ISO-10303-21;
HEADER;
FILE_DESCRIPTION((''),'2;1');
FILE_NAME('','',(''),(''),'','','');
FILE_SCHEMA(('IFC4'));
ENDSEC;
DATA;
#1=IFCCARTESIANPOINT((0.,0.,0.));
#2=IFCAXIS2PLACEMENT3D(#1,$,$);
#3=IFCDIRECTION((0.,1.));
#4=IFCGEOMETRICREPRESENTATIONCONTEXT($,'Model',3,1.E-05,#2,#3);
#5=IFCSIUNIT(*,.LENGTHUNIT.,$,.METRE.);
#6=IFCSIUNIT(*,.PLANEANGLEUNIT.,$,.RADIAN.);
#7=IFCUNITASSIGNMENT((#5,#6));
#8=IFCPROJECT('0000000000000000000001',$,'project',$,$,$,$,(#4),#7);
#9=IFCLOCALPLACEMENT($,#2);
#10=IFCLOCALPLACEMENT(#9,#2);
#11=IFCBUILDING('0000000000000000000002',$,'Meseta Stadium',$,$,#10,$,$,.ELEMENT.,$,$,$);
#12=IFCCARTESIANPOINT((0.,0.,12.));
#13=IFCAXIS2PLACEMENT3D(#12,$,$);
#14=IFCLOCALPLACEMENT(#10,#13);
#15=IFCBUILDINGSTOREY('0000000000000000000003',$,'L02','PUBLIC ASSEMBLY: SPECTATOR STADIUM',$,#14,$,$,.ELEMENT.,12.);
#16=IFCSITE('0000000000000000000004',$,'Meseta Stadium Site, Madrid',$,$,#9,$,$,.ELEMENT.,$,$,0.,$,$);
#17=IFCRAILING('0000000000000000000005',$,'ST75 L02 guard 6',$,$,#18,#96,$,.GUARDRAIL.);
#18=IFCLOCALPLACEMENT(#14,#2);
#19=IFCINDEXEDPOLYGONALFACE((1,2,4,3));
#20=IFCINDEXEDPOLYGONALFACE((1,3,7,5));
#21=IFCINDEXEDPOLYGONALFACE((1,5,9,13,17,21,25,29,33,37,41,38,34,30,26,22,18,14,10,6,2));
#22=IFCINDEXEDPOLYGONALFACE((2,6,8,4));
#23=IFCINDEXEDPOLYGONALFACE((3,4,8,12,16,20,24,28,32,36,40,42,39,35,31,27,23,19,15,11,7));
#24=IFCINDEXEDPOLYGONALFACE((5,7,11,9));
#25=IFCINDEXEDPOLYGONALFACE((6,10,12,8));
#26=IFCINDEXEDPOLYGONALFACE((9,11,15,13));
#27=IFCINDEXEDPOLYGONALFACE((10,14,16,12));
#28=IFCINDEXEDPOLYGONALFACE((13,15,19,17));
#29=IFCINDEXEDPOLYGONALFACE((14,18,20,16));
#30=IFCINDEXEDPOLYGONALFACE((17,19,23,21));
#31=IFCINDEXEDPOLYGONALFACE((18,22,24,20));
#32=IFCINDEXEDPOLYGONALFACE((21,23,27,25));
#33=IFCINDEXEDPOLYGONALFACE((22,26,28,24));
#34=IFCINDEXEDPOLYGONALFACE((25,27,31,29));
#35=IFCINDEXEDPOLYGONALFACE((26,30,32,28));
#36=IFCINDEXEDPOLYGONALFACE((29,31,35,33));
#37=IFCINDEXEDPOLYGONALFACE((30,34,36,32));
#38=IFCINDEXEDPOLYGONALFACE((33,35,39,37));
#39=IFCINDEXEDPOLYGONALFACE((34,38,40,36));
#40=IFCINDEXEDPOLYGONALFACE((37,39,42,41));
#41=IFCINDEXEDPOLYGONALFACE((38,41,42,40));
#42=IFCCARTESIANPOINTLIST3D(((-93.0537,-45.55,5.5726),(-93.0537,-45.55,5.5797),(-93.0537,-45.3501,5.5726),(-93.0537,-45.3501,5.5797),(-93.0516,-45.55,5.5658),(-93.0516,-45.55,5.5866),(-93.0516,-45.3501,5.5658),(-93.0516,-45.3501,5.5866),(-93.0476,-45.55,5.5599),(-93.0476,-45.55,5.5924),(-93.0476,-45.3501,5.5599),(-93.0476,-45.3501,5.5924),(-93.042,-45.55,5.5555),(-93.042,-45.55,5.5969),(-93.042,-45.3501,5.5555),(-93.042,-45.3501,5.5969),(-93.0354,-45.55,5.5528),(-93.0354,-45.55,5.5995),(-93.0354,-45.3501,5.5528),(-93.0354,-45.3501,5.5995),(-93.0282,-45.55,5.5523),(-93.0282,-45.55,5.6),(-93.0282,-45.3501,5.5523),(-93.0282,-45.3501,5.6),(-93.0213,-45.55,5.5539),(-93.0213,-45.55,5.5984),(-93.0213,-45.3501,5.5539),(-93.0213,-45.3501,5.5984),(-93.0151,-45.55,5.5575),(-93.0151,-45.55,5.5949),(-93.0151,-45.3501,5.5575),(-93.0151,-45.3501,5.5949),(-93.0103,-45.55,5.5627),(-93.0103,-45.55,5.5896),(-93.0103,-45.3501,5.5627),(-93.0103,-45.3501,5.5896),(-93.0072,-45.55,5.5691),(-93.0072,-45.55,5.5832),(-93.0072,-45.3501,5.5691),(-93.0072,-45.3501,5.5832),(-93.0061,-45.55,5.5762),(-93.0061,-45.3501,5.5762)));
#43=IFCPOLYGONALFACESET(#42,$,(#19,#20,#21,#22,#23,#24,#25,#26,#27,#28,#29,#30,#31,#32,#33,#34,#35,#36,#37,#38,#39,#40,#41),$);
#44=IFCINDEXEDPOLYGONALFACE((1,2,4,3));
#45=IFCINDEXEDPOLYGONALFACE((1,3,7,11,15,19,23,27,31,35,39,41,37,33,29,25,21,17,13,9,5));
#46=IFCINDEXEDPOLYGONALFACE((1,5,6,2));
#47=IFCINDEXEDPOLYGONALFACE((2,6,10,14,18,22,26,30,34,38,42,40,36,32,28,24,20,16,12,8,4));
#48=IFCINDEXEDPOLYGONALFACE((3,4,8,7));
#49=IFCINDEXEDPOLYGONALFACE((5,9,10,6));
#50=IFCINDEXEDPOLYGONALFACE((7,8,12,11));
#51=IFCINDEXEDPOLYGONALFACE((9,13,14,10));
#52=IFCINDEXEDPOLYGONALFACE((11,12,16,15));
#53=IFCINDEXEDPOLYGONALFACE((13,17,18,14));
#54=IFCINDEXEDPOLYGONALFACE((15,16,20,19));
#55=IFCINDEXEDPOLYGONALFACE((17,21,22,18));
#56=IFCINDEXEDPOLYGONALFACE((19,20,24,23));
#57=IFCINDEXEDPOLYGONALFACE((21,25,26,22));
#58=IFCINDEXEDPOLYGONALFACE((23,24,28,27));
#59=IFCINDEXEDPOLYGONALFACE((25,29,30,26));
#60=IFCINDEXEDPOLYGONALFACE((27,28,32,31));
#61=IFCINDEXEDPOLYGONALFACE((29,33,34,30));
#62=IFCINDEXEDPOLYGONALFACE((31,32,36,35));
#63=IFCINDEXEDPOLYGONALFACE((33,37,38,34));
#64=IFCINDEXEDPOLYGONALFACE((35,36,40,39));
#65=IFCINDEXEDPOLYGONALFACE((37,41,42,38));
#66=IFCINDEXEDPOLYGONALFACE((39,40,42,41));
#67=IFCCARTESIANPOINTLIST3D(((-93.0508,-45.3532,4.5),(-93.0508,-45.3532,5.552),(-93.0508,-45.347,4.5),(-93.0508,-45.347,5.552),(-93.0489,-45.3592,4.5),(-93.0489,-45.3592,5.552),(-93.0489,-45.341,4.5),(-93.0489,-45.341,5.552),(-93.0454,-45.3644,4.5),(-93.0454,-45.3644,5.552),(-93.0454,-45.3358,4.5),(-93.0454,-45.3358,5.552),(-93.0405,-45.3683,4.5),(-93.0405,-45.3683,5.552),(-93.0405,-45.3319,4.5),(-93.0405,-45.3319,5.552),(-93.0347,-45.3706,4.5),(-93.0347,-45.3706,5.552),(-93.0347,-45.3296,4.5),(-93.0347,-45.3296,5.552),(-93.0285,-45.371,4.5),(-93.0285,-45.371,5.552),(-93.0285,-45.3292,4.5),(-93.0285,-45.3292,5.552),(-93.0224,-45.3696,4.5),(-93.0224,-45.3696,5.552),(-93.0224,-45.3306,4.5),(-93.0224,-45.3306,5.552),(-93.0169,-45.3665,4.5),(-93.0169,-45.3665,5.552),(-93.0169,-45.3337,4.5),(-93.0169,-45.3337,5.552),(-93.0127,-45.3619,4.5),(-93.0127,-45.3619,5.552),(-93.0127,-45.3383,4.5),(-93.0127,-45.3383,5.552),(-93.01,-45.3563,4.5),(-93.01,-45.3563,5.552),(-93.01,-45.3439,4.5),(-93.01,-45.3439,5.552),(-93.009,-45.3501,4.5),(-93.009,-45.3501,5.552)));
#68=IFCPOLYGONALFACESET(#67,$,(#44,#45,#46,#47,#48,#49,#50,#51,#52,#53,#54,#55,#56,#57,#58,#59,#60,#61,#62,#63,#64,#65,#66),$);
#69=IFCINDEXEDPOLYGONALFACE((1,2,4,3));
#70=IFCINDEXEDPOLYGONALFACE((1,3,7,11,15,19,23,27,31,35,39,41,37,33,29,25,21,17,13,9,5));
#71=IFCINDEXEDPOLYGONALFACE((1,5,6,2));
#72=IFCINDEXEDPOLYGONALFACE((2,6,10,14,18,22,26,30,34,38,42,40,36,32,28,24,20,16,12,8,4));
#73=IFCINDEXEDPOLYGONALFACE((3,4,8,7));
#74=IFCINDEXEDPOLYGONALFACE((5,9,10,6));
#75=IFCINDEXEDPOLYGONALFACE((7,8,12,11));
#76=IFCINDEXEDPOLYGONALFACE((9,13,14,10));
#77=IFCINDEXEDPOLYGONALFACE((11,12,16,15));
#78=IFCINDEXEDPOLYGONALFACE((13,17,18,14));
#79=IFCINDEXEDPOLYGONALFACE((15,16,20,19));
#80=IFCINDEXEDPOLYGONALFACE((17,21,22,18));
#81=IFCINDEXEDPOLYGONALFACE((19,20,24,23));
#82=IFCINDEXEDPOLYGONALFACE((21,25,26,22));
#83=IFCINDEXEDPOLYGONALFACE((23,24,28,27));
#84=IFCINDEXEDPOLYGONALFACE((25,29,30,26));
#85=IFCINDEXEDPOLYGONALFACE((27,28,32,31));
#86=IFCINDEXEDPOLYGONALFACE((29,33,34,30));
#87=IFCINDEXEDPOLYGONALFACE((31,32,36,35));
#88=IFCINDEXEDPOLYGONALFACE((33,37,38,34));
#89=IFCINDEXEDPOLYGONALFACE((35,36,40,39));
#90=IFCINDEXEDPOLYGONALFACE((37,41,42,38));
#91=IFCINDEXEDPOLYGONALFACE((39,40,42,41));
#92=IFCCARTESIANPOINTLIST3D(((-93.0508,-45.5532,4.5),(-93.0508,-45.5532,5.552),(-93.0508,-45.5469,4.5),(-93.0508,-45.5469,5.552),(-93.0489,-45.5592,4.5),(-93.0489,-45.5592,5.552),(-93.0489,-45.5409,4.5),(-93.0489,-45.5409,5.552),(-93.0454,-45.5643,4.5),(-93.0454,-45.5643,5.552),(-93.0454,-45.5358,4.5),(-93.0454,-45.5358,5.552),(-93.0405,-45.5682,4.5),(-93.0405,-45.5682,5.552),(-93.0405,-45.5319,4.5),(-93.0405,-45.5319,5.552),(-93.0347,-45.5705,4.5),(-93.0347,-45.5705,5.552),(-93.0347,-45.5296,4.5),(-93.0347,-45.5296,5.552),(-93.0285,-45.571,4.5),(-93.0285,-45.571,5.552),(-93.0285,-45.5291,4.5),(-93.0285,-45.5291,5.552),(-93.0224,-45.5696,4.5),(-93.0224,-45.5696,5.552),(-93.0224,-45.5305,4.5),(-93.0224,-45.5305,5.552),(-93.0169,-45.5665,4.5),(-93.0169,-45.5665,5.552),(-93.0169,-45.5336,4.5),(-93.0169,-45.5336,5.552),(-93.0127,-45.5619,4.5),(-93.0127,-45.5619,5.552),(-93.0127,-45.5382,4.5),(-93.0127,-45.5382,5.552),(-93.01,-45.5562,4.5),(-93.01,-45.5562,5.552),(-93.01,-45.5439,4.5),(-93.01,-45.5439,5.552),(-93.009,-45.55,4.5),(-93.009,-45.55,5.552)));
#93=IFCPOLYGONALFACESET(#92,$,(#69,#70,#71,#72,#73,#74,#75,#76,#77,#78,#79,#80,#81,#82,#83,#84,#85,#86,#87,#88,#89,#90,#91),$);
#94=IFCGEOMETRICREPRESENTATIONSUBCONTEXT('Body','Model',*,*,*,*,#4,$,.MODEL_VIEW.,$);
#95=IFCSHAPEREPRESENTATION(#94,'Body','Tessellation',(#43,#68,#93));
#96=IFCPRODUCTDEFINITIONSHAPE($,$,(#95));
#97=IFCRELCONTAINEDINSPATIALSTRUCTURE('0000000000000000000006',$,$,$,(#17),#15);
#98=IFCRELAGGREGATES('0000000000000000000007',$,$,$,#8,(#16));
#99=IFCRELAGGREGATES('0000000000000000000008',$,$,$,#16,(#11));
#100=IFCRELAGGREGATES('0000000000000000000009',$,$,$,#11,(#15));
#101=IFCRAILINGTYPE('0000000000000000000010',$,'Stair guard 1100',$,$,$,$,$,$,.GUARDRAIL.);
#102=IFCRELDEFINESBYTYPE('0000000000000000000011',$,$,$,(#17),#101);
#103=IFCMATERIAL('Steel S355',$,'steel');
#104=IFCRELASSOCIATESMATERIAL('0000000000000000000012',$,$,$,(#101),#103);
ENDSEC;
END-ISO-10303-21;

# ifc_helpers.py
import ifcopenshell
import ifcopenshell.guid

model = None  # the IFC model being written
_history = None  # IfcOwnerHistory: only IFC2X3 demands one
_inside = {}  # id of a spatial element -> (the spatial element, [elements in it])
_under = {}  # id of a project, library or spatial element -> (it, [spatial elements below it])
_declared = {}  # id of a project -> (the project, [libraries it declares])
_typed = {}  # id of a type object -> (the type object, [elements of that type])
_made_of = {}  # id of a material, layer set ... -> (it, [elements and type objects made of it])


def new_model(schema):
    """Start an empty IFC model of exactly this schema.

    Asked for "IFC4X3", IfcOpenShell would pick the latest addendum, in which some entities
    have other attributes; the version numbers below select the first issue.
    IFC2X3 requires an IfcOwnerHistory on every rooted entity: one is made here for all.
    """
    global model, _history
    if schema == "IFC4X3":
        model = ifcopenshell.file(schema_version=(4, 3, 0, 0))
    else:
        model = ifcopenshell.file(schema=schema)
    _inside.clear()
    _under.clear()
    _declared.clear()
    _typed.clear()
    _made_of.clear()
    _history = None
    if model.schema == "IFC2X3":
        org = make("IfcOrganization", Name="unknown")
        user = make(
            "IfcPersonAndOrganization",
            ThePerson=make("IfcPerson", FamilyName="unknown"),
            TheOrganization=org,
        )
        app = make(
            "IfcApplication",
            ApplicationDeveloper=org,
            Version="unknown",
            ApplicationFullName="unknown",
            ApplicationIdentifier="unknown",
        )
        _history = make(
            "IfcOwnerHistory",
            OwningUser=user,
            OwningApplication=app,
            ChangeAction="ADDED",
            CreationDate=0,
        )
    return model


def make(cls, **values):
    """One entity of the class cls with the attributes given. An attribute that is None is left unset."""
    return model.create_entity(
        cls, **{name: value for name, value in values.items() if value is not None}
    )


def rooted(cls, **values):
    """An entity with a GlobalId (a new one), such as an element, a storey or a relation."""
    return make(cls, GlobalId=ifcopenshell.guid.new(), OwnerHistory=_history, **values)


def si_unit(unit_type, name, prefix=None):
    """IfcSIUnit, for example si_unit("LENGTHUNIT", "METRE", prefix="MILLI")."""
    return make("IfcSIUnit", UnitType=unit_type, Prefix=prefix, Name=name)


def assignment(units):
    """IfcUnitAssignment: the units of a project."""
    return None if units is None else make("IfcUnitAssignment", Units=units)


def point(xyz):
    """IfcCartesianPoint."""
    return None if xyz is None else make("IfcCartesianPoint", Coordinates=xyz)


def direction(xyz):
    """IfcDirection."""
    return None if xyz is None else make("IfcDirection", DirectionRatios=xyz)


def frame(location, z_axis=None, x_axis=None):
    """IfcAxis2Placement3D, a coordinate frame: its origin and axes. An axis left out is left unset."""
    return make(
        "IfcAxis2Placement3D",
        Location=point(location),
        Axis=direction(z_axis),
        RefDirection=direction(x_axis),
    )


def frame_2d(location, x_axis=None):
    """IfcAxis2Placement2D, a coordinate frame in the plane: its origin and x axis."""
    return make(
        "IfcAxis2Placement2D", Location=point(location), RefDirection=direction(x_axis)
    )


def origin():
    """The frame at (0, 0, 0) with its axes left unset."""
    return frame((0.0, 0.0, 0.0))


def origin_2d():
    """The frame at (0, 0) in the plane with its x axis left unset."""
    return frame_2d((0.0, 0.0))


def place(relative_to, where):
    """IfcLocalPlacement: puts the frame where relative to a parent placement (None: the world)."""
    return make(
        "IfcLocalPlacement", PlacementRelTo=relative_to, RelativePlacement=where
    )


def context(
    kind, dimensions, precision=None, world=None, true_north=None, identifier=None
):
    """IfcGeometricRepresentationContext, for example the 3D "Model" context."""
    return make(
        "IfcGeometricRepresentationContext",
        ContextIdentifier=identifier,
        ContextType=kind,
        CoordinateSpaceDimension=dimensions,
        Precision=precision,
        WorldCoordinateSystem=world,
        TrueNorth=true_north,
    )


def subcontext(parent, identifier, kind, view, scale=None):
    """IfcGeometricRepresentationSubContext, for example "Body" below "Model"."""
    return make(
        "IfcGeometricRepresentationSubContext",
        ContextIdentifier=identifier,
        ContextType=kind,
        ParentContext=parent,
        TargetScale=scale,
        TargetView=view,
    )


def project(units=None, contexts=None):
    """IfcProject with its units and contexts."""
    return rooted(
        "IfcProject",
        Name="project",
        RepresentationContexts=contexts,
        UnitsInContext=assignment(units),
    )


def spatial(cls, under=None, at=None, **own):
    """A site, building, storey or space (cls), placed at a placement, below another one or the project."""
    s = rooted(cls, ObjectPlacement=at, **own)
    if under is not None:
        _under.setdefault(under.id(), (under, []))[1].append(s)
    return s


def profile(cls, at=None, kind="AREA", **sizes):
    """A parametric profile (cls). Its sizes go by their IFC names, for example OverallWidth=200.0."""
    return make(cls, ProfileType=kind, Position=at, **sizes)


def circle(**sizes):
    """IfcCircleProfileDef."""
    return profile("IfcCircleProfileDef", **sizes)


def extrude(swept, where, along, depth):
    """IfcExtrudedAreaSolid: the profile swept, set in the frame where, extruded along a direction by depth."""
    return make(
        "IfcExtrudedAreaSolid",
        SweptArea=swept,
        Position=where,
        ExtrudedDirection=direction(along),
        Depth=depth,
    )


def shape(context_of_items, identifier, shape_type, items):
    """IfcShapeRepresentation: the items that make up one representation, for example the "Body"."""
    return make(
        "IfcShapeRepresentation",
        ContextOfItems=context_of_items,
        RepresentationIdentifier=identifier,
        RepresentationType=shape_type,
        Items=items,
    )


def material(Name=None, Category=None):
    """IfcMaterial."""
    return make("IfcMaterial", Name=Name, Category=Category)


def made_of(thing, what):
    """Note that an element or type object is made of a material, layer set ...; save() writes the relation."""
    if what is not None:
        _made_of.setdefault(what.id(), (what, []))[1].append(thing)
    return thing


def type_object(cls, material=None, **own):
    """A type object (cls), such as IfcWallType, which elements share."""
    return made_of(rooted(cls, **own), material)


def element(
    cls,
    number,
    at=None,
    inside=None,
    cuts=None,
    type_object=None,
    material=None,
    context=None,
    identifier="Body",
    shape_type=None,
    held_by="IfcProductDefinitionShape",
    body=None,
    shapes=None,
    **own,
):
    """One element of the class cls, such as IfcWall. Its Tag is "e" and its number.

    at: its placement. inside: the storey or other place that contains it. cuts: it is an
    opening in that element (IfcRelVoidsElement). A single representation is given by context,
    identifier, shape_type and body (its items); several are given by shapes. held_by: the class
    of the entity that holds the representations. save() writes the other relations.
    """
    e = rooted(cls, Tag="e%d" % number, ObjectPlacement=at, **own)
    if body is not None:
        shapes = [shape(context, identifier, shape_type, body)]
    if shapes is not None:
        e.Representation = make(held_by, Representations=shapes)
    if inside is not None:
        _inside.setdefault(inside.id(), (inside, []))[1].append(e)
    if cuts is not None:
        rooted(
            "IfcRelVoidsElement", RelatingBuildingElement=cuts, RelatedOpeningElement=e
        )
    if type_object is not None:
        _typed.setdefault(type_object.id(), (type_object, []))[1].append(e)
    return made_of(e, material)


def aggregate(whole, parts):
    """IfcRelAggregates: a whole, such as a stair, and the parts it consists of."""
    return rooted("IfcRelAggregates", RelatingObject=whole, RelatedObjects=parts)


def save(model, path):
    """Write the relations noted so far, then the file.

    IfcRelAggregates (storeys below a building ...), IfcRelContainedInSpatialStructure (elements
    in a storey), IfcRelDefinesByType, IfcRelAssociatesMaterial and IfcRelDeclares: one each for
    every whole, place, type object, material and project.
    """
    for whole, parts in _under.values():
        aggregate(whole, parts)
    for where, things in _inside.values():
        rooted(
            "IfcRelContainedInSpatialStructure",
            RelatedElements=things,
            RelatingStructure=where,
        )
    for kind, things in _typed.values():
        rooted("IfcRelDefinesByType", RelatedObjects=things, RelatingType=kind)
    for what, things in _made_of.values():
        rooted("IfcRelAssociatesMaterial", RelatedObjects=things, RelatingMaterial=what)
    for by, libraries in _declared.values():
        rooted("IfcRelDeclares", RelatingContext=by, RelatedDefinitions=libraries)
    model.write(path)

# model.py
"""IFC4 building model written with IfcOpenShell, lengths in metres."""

from ifc_helpers import new_model, si_unit, direction, frame, origin, origin_2d, place, context, subcontext, project, spatial, circle, extrude, material, type_object, element, save


model = new_model("IFC4")

# Units and contexts
model_context = context("Model", 3, precision=1e-05, world=origin(), true_north=direction((0.0, 1.0)))
body_context = subcontext(model_context, "Body", "Model", "MODEL_VIEW")
ifc_project = project(units=[si_unit("LENGTHUNIT", "METRE"), si_unit("PLANEANGLEUNIT", "RADIAN")], contexts=[model_context])

# Site, building, storey
site_placement = place(None, origin())
site = spatial("IfcSite", under=ifc_project, at=site_placement, Name="Meseta Stadium Site, Madrid", CompositionType="ELEMENT", RefElevation=0.0)
building_placement = place(site_placement, origin())
building = spatial("IfcBuilding", under=site, at=building_placement, Name="Meseta Stadium", CompositionType="ELEMENT")
storey_placement = place(building_placement, frame((0.0, 0.0, 12.0)))
storey = spatial("IfcBuildingStorey", under=building, at=storey_placement, Name="L02", Description="PUBLIC ASSEMBLY: SPECTATOR STADIUM", CompositionType="ELEMENT", Elevation=12.0)

# Railing
ifc_material_1 = material(Name="Steel S355", Category="steel")
railing_type_1 = type_object("IfcRailingType", Name="Stair guard 1100", PredefinedType="GUARDRAIL", material=ifc_material_1)
railing_1_placement = place(storey_placement, frame((-93.03, -45.3501, 4.5)))
element("IfcRailing", 1, at=railing_1_placement, inside=storey, type_object=railing_type_1, Name="ST75 L02 guard 6", PredefinedType="GUARDRAIL", context=body_context, shape_type="SweptSolid", body=[
    extrude(circle(Radius=0.0239, at=origin_2d()), frame((0.0, 0.0, 1.0762), z_axis=(0.0, -1.0, 0.0), x_axis=(1.0, 0.0, 0.0)), (0.0, 0.0, 1.0), 0.2),
    extrude(circle(Radius=0.021, at=origin_2d()), origin(), (0.0, 0.0, 1.0), 1.052),
    extrude(circle(Radius=0.021, at=origin_2d()), frame((0.0, -0.2, 0.0)), (0.0, 0.0, 1.0), 1.052),
])

save(model, "model.ifc")
